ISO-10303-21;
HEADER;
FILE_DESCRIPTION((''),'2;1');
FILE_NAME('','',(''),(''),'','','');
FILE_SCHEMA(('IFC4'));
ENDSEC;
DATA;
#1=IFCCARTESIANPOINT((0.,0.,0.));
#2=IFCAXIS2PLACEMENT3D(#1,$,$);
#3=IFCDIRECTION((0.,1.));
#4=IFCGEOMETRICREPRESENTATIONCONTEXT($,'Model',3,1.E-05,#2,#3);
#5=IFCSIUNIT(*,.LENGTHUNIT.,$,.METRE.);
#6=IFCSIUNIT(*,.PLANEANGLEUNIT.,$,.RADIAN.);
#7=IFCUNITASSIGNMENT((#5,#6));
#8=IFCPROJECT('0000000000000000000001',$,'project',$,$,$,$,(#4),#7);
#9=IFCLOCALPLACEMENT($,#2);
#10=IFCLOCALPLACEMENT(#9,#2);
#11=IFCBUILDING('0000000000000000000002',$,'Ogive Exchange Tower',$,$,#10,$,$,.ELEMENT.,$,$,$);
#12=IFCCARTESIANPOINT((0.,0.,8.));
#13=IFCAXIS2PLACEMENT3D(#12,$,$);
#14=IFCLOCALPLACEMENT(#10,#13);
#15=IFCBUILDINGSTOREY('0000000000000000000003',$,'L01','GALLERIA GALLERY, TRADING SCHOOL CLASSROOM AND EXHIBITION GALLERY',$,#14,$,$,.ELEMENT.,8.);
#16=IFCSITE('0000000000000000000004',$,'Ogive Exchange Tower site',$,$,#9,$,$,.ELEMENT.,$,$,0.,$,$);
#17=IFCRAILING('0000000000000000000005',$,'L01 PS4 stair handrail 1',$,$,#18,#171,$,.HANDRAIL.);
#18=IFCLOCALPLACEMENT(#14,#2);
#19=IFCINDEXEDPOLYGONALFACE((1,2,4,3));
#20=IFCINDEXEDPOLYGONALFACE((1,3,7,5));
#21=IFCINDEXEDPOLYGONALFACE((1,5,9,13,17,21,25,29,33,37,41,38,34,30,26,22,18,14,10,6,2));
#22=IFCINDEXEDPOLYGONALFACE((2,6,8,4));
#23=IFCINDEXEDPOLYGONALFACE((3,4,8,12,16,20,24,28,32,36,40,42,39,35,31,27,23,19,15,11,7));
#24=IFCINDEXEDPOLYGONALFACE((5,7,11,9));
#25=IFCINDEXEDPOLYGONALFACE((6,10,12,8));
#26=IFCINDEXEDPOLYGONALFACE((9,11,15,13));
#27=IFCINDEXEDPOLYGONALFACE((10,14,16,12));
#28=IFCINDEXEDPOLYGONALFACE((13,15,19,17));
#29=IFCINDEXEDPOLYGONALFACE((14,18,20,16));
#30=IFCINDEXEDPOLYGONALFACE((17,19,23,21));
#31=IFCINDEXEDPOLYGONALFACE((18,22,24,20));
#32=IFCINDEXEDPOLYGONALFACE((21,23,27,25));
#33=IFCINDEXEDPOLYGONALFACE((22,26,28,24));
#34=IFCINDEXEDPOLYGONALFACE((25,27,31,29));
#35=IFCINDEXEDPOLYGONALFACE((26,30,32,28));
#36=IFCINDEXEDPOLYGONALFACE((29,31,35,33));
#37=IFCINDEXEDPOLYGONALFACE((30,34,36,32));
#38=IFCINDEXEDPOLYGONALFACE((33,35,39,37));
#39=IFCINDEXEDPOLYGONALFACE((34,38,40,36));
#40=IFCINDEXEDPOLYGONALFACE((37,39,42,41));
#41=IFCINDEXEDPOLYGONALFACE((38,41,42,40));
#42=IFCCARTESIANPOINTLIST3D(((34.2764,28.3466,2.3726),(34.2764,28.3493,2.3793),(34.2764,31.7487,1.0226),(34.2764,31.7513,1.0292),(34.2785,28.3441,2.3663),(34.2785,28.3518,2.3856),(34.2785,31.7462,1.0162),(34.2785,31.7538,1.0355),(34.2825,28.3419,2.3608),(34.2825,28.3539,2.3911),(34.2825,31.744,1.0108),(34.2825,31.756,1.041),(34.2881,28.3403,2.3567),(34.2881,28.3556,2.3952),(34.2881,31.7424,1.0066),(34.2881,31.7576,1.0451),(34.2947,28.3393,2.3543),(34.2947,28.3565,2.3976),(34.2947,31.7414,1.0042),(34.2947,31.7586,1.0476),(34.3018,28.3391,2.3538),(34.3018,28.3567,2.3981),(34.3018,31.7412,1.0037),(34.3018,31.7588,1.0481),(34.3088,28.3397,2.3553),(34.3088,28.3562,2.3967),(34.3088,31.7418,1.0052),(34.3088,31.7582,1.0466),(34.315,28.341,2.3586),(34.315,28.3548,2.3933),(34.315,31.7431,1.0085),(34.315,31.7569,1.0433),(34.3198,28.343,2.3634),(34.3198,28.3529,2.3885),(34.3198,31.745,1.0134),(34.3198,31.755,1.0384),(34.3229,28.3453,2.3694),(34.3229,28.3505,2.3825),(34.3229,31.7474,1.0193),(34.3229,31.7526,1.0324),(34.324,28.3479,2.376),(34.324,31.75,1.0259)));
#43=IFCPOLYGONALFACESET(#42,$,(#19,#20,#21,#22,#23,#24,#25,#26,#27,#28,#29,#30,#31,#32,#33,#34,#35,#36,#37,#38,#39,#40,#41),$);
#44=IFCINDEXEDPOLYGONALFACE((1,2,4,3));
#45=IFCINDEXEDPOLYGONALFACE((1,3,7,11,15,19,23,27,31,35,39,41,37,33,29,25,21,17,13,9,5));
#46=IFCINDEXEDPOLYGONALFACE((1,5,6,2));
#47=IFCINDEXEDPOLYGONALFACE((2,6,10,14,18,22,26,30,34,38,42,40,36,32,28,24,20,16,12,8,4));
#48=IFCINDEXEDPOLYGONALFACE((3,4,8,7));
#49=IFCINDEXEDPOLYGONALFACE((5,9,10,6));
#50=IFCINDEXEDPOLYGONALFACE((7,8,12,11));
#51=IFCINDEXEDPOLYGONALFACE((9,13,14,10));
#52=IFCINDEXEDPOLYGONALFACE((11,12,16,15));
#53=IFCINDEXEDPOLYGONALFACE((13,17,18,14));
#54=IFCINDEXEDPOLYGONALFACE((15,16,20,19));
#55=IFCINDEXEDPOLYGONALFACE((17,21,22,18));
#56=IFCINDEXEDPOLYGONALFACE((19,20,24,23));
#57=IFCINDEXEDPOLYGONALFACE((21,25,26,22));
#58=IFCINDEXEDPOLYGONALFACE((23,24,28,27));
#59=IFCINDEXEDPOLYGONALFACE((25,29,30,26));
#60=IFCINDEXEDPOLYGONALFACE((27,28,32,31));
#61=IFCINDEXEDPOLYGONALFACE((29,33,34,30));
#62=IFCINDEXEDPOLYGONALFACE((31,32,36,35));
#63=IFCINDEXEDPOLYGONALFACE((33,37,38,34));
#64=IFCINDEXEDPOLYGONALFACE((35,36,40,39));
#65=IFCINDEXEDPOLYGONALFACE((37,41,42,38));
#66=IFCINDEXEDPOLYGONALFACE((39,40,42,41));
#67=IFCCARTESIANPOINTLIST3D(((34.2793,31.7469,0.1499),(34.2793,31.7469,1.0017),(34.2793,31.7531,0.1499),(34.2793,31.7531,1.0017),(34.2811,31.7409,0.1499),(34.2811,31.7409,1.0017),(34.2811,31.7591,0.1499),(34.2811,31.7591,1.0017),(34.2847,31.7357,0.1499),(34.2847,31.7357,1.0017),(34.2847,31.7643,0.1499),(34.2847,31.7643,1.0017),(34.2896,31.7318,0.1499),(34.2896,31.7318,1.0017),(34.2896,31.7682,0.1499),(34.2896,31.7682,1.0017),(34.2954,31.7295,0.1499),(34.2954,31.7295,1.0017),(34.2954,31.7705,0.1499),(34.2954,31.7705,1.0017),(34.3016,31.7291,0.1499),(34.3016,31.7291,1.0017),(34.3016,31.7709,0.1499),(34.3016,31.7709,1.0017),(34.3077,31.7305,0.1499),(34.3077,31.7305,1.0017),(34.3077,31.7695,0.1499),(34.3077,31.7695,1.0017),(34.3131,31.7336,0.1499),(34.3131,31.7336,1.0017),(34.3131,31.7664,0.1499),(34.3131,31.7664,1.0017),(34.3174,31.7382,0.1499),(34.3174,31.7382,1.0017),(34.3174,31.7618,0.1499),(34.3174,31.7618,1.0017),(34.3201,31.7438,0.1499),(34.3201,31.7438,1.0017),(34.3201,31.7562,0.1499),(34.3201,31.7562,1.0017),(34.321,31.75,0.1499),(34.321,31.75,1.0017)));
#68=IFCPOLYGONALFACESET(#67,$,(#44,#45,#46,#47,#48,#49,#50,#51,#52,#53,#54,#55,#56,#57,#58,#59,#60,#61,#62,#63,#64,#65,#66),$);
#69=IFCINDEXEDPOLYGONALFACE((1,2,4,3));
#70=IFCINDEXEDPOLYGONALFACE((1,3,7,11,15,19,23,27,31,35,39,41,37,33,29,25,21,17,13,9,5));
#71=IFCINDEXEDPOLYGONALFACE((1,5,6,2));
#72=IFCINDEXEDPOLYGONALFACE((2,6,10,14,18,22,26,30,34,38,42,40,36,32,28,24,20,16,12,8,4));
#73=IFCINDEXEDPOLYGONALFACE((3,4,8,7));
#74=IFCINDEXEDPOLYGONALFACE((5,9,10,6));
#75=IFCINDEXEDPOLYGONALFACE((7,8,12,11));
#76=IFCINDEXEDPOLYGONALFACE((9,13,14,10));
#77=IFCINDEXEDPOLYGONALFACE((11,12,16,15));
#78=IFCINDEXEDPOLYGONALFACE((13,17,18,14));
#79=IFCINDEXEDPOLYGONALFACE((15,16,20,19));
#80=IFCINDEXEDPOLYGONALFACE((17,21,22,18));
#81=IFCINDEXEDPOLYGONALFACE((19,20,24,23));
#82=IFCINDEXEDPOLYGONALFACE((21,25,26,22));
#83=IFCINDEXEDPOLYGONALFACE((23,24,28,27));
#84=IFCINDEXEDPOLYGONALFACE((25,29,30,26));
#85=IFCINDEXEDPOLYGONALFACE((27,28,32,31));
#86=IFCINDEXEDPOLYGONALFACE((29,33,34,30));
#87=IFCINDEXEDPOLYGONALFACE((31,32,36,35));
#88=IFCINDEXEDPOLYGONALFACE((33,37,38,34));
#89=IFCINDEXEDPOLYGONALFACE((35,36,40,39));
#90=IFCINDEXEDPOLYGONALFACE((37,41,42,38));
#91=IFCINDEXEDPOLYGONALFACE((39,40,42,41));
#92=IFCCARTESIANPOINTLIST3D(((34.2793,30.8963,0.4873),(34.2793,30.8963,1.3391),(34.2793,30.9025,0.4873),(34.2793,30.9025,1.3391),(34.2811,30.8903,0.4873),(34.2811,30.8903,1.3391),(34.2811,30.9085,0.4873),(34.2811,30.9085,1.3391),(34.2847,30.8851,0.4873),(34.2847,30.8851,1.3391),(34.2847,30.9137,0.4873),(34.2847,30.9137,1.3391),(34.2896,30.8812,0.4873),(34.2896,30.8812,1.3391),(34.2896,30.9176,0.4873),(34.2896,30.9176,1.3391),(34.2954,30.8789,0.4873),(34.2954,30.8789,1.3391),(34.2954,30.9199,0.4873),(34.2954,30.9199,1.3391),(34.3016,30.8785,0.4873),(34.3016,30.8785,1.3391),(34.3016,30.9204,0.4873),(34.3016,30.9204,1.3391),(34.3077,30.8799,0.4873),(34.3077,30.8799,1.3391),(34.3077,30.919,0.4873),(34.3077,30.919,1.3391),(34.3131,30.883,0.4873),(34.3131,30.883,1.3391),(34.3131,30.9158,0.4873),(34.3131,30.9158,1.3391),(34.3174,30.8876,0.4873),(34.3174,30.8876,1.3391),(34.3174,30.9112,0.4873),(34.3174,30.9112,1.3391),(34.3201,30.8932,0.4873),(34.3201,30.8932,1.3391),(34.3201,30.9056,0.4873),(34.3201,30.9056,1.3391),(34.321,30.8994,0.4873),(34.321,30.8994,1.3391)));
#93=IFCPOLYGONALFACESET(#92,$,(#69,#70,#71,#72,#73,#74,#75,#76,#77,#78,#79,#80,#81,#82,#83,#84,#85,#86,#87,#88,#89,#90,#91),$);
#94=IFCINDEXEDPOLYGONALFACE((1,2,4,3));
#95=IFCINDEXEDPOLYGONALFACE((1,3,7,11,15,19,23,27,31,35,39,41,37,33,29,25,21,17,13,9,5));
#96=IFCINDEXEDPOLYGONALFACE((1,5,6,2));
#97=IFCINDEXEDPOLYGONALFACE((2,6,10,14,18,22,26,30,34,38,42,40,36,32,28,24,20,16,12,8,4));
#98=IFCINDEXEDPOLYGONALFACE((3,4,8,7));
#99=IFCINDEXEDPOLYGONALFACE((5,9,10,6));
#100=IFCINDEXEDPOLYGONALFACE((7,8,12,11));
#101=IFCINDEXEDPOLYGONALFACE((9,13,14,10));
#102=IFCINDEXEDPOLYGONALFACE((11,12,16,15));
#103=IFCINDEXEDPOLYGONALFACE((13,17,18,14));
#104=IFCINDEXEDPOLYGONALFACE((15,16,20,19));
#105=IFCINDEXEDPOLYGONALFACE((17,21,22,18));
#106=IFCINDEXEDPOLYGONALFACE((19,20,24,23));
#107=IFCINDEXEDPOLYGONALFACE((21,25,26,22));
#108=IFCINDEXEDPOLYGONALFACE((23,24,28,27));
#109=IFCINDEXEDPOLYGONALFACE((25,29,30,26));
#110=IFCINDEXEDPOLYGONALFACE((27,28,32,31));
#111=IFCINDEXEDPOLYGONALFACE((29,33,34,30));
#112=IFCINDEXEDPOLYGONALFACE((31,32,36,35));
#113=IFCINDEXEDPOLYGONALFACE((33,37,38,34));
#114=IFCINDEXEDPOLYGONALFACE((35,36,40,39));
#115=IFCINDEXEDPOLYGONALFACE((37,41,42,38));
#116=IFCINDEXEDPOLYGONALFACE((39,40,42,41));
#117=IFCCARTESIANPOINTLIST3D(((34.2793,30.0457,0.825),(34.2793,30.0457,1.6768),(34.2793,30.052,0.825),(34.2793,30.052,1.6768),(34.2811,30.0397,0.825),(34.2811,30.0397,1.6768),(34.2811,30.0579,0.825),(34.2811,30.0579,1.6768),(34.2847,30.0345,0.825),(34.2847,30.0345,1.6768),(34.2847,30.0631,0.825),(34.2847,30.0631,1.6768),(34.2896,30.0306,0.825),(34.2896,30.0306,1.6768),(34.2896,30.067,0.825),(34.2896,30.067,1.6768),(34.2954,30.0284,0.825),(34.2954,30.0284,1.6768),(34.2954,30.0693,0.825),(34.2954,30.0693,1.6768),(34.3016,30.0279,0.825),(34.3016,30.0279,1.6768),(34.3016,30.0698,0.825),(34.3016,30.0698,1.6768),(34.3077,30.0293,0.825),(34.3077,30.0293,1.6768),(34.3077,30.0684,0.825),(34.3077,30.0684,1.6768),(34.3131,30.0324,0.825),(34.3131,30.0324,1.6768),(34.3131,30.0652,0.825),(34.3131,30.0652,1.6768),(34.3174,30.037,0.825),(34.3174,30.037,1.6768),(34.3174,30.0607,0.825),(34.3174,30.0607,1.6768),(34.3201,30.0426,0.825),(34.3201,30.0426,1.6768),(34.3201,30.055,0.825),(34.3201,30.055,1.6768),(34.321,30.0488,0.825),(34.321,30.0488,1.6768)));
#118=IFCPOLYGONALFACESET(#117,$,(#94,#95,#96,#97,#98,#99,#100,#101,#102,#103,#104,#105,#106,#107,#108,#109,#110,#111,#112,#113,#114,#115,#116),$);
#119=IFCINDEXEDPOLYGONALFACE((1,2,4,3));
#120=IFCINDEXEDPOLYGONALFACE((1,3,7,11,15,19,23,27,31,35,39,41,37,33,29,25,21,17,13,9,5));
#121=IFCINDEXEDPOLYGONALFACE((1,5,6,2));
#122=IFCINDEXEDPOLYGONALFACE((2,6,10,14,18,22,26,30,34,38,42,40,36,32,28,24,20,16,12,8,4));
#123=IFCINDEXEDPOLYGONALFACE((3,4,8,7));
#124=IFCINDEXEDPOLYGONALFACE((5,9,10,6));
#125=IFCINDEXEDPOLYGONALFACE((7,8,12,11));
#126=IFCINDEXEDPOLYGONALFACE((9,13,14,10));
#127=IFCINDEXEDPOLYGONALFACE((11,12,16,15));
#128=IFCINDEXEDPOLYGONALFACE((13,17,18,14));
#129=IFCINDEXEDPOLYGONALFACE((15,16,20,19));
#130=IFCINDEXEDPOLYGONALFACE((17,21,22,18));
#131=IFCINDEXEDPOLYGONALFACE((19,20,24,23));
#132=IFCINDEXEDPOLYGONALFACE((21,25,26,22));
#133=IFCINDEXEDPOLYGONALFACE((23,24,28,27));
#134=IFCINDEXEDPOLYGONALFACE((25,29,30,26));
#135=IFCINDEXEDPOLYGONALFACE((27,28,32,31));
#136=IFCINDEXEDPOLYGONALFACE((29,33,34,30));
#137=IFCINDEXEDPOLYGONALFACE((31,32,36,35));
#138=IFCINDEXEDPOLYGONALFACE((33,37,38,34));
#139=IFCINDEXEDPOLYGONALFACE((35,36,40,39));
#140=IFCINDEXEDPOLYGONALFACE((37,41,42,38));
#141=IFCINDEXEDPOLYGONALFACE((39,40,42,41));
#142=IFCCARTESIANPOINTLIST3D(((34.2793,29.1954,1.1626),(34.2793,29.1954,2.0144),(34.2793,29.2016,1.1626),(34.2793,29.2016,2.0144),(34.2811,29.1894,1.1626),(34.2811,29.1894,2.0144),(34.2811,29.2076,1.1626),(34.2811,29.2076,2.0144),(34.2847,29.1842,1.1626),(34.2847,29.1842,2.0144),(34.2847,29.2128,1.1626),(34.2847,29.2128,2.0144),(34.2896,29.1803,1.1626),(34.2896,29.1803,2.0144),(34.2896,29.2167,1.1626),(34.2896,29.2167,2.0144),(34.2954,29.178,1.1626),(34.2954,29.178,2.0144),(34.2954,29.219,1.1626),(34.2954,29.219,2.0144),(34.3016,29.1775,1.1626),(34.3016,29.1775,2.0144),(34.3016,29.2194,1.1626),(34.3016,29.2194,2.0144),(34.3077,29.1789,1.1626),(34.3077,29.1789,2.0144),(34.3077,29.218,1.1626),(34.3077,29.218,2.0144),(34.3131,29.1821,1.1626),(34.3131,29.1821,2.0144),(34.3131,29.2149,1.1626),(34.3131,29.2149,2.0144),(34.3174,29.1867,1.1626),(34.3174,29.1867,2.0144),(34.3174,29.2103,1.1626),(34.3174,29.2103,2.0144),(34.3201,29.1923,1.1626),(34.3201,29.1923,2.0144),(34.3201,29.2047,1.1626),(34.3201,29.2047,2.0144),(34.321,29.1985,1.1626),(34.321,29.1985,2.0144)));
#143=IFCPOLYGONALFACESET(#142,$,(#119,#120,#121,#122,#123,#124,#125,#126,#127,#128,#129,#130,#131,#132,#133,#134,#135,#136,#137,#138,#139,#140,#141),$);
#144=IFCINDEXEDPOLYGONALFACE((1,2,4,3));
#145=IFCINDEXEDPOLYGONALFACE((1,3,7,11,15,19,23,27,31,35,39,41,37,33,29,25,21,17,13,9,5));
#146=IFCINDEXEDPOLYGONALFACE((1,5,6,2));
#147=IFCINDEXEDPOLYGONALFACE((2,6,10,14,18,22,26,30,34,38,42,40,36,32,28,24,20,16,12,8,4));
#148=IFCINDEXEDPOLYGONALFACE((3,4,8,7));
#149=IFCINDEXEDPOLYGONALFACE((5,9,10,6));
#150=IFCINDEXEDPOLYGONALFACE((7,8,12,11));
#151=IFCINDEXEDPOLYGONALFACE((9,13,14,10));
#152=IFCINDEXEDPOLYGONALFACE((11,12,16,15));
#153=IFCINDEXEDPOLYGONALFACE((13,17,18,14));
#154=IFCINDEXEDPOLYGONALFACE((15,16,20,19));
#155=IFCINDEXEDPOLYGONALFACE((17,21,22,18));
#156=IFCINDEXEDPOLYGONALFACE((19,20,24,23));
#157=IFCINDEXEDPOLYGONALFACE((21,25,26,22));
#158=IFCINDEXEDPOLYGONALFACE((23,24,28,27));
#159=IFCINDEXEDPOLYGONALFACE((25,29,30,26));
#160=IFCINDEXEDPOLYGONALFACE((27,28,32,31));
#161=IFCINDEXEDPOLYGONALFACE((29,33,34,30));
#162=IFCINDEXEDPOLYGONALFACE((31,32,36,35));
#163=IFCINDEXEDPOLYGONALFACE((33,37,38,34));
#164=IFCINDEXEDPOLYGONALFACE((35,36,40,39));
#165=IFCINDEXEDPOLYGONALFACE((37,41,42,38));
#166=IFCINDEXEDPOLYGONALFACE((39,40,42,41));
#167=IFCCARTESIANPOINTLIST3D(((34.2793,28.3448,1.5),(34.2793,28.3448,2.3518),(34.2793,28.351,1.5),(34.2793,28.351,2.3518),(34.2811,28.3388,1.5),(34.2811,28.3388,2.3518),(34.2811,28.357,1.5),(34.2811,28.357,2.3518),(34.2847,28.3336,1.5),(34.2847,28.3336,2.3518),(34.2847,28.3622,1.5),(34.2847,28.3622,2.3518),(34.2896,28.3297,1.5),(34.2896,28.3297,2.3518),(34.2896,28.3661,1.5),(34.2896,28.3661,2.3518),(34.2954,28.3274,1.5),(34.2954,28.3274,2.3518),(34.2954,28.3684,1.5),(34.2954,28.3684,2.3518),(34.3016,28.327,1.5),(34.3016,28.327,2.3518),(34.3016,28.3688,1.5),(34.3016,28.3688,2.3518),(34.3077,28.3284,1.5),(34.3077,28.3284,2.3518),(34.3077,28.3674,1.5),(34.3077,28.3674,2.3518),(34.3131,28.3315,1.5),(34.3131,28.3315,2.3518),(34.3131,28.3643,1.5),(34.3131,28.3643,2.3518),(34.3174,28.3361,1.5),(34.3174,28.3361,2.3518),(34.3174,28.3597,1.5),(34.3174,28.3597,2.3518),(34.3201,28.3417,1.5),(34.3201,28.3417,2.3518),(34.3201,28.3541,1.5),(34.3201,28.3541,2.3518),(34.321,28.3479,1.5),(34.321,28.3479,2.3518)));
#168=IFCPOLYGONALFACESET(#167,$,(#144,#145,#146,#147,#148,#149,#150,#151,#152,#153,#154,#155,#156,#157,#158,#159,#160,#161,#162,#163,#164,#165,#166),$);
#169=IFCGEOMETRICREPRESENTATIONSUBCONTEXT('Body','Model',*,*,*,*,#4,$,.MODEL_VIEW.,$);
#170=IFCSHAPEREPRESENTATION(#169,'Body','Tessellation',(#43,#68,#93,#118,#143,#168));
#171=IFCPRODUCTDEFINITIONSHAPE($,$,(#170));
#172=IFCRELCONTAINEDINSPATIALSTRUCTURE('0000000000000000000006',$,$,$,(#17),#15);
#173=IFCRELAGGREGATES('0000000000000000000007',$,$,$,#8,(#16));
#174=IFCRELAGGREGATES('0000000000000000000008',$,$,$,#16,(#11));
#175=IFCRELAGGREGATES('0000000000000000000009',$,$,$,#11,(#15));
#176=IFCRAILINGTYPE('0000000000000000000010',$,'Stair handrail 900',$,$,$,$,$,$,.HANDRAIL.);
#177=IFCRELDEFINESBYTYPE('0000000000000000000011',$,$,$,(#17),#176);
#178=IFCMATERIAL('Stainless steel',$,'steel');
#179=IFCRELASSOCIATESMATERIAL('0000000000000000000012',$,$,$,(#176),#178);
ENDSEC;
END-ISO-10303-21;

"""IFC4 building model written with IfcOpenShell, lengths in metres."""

from ifc_helpers import new_model, si_unit, direction, frame, origin, origin_2d, place, context, subcontext, project, spatial, circle, extrude, material, type_object, element, save


model = new_model("IFC4")

# Units and contexts
model_context = context("Model", 3, precision=1e-05, world=origin(), true_north=direction((0.0, 1.0)))
body_context = subcontext(model_context, "Body", "Model", "MODEL_VIEW")
ifc_project = project(units=[si_unit("LENGTHUNIT", "METRE"), si_unit("PLANEANGLEUNIT", "RADIAN")], contexts=[model_context])

# Site, building, storey
site_placement = place(None, origin())
site = spatial("IfcSite", under=ifc_project, at=site_placement, Name="Ogive Exchange Tower site", CompositionType="ELEMENT", RefElevation=0.0)
building_placement = place(site_placement, origin())
building = spatial("IfcBuilding", under=site, at=building_placement, Name="Ogive Exchange Tower", CompositionType="ELEMENT")
storey_placement = place(building_placement, frame((0.0, 0.0, 8.0)))
storey = spatial("IfcBuildingStorey", under=building, at=storey_placement, Name="L01", Description="GALLERIA GALLERY, TRADING SCHOOL CLASSROOM AND EXHIBITION GALLERY", CompositionType="ELEMENT", Elevation=8.0)

# Railing
ifc_material_1 = material(Name="Stainless steel", Category="steel")
railing_type = type_object("IfcRailingType", Name="Stair handrail 900", PredefinedType="HANDRAIL", material=ifc_material_1)
railing_1_placement = place(storey_placement, frame((34.3, 31.75, 0.1499)))
element("IfcRailing", 1, at=railing_1_placement, inside=storey, type_object=railing_type, Name="L01 PS4 stair handrail 1", PredefinedType="HANDRAIL", context=body_context, shape_type="SweptSolid", body=[
    extrude(circle(Radius=0.0239, at=origin_2d()), frame((0.0, 0.0, 0.876), z_axis=(0.0, -0.929485, 0.368859), x_axis=(1.0, 0.0, 0.0)), (0.0, 0.0, 1.0), 3.6602),
    extrude(circle(Radius=0.021, at=origin_2d()), origin(), (0.0, 0.0, 1.0), 0.8518),
    extrude(circle(Radius=0.021, at=origin_2d()), frame((0.0, -0.8506, 0.3374)), (0.0, 0.0, 1.0), 0.8518),
    extrude(circle(Radius=0.021, at=origin_2d()), frame((0.0, -1.7012, 0.675)), (0.0, 0.0, 1.0), 0.8518),
    extrude(circle(Radius=0.021, at=origin_2d()), frame((0.0, -2.5515, 1.0127)), (0.0, 0.0, 1.0), 0.8518),
    extrude(circle(Radius=0.021, at=origin_2d()), frame((0.0, -3.4021, 1.3501)), (0.0, 0.0, 1.0), 0.8518),
])

save(model, "model.ifc")
